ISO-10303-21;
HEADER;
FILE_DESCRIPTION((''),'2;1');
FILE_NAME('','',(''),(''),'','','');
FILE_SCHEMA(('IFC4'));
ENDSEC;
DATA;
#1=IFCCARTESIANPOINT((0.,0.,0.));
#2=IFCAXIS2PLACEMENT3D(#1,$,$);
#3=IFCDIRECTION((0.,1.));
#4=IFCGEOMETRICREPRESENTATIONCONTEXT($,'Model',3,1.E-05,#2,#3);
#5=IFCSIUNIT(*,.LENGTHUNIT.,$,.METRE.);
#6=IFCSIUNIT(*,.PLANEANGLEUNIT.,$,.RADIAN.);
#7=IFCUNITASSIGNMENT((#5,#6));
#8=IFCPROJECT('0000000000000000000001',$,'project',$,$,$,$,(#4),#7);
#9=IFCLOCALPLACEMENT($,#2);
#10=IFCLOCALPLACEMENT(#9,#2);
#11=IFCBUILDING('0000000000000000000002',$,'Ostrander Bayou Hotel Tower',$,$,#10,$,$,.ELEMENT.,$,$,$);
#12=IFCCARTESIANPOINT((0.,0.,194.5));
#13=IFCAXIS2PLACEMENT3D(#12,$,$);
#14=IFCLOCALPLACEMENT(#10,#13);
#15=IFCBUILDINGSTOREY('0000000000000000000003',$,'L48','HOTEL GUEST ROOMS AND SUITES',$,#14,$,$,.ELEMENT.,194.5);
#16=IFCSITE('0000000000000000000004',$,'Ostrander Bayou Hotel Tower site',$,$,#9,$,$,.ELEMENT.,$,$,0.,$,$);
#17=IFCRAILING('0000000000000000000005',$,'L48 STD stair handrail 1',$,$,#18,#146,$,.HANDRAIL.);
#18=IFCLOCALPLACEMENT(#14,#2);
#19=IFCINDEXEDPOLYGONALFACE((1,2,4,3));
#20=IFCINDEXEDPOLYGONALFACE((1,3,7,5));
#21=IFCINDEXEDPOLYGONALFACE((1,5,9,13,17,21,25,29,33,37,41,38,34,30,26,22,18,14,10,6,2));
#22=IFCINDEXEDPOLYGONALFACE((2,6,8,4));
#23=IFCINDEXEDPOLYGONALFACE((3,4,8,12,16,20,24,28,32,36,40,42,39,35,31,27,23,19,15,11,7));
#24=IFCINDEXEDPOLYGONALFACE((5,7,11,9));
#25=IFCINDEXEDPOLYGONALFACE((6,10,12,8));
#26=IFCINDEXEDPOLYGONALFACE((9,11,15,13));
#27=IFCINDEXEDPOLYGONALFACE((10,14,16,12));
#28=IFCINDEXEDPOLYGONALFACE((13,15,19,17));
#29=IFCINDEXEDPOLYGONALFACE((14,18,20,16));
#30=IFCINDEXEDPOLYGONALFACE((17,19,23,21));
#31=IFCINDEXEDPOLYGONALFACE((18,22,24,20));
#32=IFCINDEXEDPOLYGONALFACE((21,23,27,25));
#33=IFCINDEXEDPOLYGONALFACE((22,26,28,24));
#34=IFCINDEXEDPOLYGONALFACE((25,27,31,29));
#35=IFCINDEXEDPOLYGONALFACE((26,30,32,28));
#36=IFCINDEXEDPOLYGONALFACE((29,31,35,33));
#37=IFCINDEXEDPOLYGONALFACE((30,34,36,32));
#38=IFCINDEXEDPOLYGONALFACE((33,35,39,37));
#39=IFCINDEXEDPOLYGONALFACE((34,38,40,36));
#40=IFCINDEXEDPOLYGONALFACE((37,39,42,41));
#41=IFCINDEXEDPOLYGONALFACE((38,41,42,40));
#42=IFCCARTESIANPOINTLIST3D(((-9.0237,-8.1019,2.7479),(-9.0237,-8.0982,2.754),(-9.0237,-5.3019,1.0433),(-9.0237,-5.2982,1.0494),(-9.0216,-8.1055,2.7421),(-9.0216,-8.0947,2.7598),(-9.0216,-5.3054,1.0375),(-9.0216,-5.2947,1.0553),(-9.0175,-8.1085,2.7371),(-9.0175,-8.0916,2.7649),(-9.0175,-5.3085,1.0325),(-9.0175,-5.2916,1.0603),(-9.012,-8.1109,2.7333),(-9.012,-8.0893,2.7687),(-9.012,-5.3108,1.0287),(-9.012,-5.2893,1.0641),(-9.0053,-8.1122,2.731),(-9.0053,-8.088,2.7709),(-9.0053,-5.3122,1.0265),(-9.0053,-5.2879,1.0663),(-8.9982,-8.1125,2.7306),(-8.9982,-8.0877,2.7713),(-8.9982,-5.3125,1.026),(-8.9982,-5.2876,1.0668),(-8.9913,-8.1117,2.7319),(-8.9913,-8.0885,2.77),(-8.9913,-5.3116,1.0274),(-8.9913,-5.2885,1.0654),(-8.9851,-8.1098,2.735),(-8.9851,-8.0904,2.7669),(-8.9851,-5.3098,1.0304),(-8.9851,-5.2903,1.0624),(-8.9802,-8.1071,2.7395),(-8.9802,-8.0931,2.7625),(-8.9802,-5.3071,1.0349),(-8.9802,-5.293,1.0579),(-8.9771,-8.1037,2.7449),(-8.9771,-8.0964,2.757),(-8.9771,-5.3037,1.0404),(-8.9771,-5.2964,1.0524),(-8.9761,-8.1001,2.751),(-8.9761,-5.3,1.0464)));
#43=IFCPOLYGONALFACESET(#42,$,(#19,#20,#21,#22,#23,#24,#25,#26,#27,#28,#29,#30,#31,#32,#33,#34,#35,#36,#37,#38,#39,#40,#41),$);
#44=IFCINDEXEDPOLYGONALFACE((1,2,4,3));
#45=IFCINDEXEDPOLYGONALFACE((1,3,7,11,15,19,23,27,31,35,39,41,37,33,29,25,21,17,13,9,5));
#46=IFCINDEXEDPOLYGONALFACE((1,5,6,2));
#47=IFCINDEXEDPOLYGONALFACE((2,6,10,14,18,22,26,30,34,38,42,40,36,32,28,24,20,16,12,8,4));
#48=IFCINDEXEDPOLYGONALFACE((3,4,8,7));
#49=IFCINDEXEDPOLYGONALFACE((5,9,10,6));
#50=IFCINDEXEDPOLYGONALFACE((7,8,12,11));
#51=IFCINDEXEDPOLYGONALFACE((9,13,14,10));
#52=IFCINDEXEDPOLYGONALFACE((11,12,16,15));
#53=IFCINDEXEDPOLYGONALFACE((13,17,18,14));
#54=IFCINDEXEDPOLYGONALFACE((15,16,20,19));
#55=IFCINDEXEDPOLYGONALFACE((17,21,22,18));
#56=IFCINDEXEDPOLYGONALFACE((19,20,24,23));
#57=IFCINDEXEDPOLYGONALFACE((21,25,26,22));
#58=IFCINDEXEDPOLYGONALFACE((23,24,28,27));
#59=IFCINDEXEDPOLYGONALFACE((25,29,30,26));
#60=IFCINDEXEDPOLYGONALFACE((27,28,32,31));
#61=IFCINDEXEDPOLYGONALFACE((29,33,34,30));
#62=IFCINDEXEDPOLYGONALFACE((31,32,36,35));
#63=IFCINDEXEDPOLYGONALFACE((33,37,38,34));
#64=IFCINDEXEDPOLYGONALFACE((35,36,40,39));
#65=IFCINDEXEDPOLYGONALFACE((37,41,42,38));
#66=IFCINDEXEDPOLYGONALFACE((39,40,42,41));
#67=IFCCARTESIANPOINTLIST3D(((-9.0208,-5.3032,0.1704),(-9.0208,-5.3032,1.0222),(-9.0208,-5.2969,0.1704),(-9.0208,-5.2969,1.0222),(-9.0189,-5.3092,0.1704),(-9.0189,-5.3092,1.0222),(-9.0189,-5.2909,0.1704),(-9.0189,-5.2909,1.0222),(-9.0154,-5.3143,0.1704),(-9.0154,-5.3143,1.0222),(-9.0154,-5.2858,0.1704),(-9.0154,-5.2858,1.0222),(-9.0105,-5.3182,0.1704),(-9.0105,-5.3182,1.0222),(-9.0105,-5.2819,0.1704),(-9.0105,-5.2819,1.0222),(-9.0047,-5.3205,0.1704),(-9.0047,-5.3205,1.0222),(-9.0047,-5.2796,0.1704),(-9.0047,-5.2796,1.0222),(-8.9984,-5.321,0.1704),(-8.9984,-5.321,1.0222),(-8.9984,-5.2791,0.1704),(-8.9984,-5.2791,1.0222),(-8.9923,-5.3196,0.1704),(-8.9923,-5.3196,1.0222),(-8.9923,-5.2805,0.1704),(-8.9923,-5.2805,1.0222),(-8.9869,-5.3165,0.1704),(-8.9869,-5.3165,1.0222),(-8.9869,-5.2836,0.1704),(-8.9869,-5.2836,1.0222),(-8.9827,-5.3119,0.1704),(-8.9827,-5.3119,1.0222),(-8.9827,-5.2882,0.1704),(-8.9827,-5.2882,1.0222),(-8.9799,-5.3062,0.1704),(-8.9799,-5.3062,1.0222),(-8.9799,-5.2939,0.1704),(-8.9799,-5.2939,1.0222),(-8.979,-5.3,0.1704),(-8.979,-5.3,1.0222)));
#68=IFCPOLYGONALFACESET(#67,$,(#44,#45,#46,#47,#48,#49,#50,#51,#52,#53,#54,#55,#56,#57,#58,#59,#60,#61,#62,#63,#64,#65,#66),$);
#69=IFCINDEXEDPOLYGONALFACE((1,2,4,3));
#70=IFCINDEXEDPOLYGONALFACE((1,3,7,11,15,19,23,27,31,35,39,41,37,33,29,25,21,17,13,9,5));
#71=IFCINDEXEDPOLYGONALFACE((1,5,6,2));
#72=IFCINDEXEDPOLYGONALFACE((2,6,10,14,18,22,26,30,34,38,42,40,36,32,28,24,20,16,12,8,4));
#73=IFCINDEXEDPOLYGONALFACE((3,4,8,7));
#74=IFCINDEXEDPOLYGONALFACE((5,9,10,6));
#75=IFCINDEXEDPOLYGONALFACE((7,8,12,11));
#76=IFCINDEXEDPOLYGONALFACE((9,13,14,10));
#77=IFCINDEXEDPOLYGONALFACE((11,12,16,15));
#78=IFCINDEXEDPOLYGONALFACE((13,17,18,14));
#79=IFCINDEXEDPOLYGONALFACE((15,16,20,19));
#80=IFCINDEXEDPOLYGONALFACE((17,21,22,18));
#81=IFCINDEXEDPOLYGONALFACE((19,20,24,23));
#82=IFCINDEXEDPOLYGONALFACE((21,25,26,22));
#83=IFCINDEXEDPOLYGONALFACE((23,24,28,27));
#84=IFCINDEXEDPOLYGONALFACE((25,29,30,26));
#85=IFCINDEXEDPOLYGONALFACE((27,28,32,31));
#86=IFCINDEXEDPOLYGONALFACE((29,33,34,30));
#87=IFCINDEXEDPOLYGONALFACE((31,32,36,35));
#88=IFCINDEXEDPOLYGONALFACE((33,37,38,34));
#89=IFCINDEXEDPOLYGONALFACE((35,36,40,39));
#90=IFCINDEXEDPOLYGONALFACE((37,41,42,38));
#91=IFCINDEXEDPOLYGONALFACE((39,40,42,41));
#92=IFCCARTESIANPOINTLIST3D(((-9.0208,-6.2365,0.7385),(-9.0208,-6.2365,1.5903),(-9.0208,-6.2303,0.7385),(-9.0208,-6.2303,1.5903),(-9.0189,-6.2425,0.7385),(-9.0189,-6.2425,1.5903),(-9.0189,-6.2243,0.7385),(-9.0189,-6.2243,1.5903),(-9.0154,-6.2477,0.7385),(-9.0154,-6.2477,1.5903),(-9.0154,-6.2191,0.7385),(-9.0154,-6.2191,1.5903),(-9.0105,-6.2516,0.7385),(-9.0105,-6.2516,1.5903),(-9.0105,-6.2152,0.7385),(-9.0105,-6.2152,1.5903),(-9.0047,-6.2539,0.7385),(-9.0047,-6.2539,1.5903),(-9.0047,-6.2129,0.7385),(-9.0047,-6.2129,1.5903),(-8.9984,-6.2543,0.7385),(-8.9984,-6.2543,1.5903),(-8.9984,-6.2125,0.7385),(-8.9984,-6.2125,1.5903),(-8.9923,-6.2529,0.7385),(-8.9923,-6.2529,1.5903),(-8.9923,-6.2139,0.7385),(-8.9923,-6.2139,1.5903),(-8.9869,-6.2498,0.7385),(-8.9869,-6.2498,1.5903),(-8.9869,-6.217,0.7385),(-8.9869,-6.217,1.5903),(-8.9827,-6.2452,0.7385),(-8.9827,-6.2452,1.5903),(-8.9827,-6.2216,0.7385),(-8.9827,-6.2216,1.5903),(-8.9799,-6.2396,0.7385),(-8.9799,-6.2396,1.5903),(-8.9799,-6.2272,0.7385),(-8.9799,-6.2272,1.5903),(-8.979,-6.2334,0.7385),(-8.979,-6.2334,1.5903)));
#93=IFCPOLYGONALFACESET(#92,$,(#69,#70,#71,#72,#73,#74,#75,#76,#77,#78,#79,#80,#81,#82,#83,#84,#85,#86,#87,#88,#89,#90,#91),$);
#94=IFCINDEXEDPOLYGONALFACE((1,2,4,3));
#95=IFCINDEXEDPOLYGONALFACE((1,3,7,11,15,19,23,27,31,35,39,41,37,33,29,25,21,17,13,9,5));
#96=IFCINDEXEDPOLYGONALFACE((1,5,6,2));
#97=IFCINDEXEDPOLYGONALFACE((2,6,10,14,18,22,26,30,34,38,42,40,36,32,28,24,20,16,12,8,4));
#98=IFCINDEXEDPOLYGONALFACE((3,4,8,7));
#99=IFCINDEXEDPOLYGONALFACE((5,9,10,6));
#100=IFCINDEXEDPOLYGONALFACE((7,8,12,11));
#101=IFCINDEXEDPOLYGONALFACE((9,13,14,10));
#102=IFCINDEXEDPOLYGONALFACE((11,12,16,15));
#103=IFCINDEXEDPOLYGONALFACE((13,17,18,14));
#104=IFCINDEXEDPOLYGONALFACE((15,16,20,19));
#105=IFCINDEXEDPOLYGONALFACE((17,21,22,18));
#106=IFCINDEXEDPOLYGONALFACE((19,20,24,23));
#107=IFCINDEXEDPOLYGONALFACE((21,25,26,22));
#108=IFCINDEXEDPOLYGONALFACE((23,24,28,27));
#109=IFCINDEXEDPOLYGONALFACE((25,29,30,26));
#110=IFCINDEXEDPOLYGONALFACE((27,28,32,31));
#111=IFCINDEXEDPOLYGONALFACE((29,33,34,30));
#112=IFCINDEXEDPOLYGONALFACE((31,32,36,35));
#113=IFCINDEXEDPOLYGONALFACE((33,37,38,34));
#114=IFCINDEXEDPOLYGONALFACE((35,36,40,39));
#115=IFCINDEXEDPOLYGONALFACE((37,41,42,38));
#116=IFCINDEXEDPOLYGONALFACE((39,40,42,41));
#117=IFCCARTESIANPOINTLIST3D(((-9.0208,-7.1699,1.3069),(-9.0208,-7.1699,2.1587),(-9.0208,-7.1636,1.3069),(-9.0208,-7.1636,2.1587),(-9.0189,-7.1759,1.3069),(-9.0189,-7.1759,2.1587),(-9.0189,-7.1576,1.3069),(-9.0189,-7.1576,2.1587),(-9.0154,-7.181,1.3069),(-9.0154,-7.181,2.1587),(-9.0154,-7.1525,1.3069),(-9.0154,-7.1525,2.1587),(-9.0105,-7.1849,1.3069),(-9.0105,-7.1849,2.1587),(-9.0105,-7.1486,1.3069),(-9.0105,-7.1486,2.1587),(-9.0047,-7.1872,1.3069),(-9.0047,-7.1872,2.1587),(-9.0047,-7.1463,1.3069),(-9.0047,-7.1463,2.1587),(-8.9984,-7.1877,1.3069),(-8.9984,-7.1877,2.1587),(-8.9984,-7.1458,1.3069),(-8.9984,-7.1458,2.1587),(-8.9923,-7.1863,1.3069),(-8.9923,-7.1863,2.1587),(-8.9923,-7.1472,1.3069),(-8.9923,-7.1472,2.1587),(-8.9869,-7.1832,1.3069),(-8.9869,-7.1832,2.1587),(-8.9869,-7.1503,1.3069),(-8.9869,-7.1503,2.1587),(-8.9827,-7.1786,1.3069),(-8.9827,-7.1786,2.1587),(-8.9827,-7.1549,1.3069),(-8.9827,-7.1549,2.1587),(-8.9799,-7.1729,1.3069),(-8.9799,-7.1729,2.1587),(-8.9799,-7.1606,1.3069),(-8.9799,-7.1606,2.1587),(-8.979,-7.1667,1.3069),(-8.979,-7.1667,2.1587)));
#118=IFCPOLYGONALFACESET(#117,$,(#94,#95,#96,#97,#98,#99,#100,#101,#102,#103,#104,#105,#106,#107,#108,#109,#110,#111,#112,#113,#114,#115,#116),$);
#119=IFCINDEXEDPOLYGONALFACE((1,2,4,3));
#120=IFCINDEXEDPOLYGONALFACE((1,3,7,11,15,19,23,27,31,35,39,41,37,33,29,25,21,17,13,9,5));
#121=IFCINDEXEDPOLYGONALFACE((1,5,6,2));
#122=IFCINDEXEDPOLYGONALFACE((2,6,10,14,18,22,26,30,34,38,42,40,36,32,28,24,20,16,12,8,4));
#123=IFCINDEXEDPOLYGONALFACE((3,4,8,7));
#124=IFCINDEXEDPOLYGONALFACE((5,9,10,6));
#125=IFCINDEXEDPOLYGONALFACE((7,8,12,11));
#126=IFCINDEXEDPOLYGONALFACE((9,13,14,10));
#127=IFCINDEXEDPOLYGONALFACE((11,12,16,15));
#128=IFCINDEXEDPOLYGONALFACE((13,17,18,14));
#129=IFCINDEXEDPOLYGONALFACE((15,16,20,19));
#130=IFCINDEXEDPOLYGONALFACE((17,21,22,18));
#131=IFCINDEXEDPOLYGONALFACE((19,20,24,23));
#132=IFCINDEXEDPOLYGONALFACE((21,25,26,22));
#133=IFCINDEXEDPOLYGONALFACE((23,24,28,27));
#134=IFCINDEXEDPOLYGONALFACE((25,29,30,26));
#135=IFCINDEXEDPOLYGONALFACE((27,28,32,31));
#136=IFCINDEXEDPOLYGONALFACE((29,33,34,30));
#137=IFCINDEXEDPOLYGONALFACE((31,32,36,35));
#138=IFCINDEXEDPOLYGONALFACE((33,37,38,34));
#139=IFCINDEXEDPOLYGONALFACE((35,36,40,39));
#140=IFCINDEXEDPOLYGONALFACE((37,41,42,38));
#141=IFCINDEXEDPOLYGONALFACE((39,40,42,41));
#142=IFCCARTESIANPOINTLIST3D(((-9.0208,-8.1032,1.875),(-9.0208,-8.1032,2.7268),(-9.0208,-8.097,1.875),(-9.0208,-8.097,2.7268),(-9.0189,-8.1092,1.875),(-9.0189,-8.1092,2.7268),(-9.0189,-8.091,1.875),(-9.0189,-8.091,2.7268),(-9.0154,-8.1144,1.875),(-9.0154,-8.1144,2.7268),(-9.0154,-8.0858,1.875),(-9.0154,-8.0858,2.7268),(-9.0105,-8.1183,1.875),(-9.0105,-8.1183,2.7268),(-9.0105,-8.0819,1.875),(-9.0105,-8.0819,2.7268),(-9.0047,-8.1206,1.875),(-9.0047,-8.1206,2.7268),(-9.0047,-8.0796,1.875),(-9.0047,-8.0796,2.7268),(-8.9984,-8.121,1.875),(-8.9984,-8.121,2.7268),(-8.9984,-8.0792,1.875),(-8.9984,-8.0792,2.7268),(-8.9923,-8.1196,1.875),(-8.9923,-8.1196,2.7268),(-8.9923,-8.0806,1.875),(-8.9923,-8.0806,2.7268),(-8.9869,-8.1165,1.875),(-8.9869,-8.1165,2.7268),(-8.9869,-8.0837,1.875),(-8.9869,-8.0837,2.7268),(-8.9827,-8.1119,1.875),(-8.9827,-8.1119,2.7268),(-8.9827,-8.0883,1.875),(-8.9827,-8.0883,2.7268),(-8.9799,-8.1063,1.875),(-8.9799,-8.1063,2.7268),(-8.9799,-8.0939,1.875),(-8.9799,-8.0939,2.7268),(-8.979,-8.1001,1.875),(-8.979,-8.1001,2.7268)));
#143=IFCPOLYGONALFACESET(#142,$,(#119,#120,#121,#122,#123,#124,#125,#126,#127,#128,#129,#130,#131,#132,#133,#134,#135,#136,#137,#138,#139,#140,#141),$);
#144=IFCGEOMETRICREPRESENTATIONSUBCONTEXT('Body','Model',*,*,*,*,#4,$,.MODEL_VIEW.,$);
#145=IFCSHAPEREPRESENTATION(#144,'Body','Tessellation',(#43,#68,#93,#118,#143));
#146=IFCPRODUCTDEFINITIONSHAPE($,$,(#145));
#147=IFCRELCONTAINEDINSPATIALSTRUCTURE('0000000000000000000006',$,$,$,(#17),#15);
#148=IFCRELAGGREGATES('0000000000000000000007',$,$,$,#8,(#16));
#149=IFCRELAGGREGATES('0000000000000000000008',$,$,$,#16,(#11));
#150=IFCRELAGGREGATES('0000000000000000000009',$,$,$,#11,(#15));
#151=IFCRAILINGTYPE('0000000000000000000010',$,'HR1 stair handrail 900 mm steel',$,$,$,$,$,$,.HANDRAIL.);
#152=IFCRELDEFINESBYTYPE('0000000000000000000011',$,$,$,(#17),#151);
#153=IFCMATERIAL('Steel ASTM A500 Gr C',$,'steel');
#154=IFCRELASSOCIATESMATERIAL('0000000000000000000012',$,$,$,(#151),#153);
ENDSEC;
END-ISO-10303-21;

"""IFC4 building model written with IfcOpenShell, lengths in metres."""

from ifc_helpers import new_model, si_unit, direction, frame, origin, origin_2d, place, context, subcontext, project, spatial, circle, extrude, material, type_object, element, save


model = new_model("IFC4")

# Units and contexts
model_context = context("Model", 3, precision=1e-05, world=origin(), true_north=direction((0.0, 1.0)))
body_context = subcontext(model_context, "Body", "Model", "MODEL_VIEW")
ifc_project = project(units=[si_unit("LENGTHUNIT", "METRE"), si_unit("PLANEANGLEUNIT", "RADIAN")], contexts=[model_context])

# Site, building, storey
site_placement = place(None, origin())
site = spatial("IfcSite", under=ifc_project, at=site_placement, Name="Ostrander Bayou Hotel Tower site", CompositionType="ELEMENT", RefElevation=0.0)
building_placement = place(site_placement, origin())
building = spatial("IfcBuilding", under=site, at=building_placement, Name="Ostrander Bayou Hotel Tower", CompositionType="ELEMENT")
storey_placement = place(building_placement, frame((0.0, 0.0, 194.5)))
storey = spatial("IfcBuildingStorey", under=building, at=storey_placement, Name="L48", Description="HOTEL GUEST ROOMS AND SUITES", CompositionType="ELEMENT", Elevation=194.5)

# Railing
ifc_material_1 = material(Name="Steel ASTM A500 Gr C", Category="steel")
railing_type_1 = type_object("IfcRailingType", Name="HR1 stair handrail 900 mm steel", PredefinedType="HANDRAIL", material=ifc_material_1)
railing_1_placement = place(storey_placement, frame((-9.0, -5.3, 0.1704)))
element("IfcRailing", 1, at=railing_1_placement, inside=storey, type_object=railing_type_1, Name="L48 STD stair handrail 1", PredefinedType="HANDRAIL", context=body_context, shape_type="SweptSolid", body=[
    extrude(circle(Radius=0.0239, at=origin_2d()), frame((0.0, 0.0, 0.876), z_axis=(0.0, -0.85417, 0.519994), x_axis=(1.0, 0.0, 0.0)), (0.0, 0.0, 1.0), 3.2781),
    extrude(circle(Radius=0.021, at=origin_2d()), origin(), (0.0, 0.0, 1.0), 0.8518),
    extrude(circle(Radius=0.021, at=origin_2d()), frame((0.0, -0.9333, 0.5681)), (0.0, 0.0, 1.0), 0.8518),
    extrude(circle(Radius=0.021, at=origin_2d()), frame((0.0, -1.8667, 1.1365)), (0.0, 0.0, 1.0), 0.8518),
    extrude(circle(Radius=0.021, at=origin_2d()), frame((0.0, -2.8, 1.7046)), (0.0, 0.0, 1.0), 0.8518),
])

save(model, "model.ifc")
